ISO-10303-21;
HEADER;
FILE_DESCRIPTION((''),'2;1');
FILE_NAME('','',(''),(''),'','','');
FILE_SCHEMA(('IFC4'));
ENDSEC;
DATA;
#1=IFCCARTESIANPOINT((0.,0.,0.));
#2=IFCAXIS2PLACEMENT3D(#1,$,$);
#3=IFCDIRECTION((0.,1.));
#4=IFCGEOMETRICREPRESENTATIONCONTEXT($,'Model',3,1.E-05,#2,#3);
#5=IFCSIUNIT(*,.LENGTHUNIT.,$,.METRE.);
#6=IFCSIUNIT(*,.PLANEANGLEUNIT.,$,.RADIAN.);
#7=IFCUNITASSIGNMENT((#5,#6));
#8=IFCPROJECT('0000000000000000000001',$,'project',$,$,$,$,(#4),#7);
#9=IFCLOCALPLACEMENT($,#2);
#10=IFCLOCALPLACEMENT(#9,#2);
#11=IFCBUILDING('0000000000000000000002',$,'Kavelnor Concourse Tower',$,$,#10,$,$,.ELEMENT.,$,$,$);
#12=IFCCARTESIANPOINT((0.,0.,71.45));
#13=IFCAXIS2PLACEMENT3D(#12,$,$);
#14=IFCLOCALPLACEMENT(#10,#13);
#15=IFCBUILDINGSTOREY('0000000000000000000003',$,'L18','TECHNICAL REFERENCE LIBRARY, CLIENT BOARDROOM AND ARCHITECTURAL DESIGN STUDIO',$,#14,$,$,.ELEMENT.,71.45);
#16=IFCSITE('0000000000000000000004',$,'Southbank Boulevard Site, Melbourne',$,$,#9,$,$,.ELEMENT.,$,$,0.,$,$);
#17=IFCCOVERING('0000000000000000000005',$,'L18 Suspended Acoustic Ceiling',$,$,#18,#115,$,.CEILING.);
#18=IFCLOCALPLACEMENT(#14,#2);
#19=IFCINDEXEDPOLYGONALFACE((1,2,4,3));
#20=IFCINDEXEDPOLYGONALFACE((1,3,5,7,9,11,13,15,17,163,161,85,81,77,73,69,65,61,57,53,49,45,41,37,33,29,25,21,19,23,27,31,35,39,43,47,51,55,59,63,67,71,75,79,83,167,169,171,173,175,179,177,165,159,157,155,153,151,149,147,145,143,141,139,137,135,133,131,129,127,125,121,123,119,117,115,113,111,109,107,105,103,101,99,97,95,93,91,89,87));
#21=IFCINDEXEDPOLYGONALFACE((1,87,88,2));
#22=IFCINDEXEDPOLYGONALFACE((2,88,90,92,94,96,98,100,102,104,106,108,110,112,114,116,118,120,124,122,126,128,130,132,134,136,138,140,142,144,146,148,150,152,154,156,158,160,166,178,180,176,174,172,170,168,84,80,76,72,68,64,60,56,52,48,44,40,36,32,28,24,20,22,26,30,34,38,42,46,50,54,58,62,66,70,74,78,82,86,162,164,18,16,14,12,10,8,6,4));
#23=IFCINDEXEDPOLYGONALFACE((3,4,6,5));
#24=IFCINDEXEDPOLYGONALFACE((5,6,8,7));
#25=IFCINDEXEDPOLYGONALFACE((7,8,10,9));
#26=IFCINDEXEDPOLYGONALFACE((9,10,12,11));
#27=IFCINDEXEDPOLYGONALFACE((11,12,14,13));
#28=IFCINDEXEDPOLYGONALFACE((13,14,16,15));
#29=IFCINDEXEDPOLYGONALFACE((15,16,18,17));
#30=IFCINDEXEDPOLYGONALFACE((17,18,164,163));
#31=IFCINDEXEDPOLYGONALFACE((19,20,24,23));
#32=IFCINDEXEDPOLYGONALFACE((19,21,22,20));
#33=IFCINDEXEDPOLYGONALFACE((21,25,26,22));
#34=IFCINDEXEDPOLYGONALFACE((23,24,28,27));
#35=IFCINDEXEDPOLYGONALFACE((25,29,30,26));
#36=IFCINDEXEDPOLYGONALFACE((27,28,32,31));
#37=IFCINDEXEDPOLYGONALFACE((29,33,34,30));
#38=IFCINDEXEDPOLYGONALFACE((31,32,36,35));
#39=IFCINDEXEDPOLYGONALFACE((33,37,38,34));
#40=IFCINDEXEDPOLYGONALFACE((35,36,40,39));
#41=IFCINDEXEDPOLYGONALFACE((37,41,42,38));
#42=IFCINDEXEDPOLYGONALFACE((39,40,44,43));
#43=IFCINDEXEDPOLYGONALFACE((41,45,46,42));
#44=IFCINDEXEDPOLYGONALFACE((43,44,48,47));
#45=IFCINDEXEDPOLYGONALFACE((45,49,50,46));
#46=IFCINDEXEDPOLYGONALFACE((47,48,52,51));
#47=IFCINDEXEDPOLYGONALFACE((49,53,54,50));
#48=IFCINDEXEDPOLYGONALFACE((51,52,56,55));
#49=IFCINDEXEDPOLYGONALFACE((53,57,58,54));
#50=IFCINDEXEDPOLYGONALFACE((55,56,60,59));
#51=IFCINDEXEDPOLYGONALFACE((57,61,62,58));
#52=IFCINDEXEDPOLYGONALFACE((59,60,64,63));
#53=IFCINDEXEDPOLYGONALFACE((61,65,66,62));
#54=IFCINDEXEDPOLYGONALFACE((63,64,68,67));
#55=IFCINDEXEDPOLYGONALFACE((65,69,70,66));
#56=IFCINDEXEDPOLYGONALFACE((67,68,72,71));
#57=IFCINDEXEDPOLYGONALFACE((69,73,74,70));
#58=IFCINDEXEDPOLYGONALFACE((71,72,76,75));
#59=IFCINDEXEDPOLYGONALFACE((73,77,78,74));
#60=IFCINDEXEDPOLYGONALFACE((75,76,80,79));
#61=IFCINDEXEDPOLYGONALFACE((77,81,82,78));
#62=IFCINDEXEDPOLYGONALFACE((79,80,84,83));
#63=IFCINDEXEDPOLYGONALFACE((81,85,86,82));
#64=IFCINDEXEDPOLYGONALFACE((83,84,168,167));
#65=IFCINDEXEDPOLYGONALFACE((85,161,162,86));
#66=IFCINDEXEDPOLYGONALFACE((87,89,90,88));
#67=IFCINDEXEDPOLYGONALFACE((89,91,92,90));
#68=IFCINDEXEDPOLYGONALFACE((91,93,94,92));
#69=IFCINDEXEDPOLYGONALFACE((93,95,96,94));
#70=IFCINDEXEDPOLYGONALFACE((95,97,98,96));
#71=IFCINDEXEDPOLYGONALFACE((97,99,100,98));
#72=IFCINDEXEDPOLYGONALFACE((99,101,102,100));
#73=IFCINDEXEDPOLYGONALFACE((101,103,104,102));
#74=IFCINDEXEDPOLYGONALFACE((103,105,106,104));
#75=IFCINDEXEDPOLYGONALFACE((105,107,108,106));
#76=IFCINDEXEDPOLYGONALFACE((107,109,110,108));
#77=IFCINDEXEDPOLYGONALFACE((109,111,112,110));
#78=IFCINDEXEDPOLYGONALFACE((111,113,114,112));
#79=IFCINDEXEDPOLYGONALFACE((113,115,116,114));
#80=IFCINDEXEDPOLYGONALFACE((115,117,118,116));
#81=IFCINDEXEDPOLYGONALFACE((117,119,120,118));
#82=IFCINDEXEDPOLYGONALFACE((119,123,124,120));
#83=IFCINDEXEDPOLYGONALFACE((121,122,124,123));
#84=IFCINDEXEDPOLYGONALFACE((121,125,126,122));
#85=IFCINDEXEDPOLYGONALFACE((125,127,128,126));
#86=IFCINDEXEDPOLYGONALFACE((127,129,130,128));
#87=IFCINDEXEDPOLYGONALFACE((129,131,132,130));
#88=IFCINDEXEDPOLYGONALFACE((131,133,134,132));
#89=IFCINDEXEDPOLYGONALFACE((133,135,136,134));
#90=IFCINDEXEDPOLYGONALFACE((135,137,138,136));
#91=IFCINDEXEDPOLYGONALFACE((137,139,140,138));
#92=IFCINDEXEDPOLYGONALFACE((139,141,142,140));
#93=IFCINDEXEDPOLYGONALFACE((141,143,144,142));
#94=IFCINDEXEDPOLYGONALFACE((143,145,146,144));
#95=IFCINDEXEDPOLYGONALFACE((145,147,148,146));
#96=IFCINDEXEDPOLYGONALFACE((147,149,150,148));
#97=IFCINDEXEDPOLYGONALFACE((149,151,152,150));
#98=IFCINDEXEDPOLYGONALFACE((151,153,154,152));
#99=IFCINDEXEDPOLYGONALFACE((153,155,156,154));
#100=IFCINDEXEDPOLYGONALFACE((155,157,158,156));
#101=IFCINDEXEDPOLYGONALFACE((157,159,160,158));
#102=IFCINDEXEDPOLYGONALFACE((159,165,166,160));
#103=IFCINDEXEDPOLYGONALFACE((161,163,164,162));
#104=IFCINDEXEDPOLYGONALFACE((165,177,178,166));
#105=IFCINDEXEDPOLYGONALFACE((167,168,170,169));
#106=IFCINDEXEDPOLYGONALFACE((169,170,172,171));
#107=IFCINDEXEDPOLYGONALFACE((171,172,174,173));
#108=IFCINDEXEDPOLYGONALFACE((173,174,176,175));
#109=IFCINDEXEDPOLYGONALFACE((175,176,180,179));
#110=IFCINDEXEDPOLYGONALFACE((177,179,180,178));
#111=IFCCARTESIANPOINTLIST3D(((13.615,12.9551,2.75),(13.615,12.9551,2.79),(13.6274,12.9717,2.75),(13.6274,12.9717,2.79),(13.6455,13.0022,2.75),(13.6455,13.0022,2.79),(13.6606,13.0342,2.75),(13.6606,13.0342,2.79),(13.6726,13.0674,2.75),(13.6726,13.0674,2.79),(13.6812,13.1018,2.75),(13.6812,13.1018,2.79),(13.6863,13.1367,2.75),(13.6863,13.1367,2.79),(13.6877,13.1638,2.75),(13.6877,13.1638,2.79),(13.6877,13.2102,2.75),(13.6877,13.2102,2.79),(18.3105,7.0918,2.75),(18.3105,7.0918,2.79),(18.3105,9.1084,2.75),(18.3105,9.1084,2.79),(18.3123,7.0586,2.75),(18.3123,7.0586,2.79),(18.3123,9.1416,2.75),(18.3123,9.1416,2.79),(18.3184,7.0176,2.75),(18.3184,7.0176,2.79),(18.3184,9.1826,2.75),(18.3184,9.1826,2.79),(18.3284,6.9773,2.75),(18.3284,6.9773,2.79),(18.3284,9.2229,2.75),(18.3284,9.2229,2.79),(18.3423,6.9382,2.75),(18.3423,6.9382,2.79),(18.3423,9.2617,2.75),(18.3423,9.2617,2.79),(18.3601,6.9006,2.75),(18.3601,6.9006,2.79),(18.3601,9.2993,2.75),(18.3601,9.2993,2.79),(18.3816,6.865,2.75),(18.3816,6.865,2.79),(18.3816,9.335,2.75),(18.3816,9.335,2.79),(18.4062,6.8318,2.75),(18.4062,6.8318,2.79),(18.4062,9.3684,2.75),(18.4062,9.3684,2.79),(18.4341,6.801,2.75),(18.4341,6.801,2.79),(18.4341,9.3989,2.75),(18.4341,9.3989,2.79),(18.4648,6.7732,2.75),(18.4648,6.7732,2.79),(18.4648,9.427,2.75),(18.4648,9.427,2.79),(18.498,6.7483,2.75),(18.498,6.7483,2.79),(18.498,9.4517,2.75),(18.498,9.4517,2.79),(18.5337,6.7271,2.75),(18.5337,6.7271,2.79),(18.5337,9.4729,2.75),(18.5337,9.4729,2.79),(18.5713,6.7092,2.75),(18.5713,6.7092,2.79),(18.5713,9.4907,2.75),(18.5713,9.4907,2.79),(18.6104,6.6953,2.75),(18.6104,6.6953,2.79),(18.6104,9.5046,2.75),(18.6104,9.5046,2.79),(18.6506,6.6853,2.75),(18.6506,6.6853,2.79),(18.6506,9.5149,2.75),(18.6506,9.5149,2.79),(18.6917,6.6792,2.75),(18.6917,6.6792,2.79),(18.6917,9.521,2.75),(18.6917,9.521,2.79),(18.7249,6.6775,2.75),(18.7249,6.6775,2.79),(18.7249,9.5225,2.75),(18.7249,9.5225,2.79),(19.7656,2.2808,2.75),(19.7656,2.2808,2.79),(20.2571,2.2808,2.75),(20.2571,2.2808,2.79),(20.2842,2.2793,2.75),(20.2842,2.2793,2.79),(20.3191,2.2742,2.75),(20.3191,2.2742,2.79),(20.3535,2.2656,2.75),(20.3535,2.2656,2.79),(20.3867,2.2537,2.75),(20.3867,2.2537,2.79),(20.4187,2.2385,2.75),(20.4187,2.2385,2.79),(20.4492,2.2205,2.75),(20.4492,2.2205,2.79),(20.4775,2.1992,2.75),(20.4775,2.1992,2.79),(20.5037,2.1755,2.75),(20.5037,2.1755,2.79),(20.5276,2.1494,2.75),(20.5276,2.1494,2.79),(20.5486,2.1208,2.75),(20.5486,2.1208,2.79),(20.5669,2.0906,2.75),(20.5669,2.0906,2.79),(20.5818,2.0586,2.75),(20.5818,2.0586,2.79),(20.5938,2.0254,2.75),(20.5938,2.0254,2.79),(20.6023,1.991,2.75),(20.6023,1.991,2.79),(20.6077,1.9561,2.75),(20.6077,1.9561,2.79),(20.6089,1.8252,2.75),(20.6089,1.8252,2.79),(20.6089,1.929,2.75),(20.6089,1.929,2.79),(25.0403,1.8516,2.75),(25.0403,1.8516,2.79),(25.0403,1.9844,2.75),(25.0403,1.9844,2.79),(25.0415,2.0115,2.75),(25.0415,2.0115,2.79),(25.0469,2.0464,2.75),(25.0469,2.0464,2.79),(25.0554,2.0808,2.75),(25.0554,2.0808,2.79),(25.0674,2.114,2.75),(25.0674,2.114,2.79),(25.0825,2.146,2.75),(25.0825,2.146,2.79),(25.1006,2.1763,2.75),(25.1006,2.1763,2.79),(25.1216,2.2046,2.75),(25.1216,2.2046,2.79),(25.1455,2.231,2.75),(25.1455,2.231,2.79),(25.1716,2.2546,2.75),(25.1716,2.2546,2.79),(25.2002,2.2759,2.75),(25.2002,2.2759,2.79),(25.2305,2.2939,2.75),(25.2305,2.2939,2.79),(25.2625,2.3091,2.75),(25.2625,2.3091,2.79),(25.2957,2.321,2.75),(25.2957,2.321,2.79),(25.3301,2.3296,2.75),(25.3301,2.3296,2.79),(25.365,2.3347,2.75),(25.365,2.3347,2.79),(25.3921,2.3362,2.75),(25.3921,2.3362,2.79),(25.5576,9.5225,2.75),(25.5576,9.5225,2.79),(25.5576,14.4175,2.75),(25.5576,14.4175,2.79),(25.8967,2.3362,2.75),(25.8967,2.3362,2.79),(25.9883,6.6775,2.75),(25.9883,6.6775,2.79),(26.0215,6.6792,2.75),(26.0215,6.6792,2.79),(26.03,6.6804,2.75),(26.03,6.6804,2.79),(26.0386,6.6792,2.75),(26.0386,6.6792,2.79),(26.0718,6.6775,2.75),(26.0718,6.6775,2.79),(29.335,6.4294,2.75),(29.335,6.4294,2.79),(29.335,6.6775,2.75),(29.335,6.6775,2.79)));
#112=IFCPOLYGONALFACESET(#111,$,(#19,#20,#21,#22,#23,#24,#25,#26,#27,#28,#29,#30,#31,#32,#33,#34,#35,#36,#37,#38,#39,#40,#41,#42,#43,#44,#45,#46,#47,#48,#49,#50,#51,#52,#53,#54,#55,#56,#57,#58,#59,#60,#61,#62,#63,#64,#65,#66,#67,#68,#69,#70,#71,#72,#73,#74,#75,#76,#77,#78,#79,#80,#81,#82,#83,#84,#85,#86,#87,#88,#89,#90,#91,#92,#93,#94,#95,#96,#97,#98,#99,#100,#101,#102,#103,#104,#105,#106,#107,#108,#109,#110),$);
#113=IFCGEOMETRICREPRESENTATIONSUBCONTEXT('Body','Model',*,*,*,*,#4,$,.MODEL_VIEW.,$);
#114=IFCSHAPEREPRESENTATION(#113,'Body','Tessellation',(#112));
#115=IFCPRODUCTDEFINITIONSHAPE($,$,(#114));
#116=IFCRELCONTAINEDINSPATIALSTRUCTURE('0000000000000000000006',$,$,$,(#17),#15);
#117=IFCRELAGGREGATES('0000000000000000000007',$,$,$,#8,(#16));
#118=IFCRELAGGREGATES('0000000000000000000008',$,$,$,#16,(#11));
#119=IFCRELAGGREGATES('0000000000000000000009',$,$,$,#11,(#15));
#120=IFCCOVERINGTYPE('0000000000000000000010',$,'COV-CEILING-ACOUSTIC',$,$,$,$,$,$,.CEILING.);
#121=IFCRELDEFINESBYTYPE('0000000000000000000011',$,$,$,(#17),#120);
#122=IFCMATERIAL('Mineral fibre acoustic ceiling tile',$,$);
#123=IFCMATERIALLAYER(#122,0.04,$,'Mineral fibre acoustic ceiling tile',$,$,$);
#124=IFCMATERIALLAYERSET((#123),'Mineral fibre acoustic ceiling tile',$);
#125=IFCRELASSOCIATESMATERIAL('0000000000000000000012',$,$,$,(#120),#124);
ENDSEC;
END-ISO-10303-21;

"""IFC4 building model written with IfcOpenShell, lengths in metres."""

from ifc_helpers import new_model, si_unit, direction, frame, origin, place, context, subcontext, project, spatial, polyline, outline, extrude, material, layer, layer_set, type_object, element, save


model = new_model("IFC4")

# Units and contexts
model_context = context("Model", 3, precision=1e-05, world=origin(), true_north=direction((0.0, 1.0)))
body_context = subcontext(model_context, "Body", "Model", "MODEL_VIEW")
ifc_project = project(units=[si_unit("LENGTHUNIT", "METRE"), si_unit("PLANEANGLEUNIT", "RADIAN")], contexts=[model_context])

# Site, building, storey
site_placement = place(None, origin())
site = spatial("IfcSite", under=ifc_project, at=site_placement, Name="Southbank Boulevard Site, Melbourne", CompositionType="ELEMENT", RefElevation=0.0)
building_placement = place(site_placement, origin())
building = spatial("IfcBuilding", under=site, at=building_placement, Name="Kavelnor Concourse Tower", CompositionType="ELEMENT")
storey_placement = place(building_placement, frame((0.0, 0.0, 71.45)))
storey = spatial("IfcBuildingStorey", under=building, at=storey_placement, Name="L18", Description="TECHNICAL REFERENCE LIBRARY, CLIENT BOARDROOM AND ARCHITECTURAL DESIGN STUDIO", CompositionType="ELEMENT", Elevation=71.45)

# Covering
ifc_material_1 = material(Name="Mineral fibre acoustic ceiling tile")
ifc_layer_1 = layer(ifc_material_1, 0.04, Name="Mineral fibre acoustic ceiling tile")
ifc_layer_set_1 = layer_set([ifc_layer_1], Name="Mineral fibre acoustic ceiling tile")
covering_type_1 = type_object("IfcCoveringType", Name="COV-CEILING-ACOUSTIC", PredefinedType="CEILING", material=ifc_layer_set_1)
covering_1_placement = place(storey_placement, frame((0.0, 0.0, 2.75)))
element("IfcCovering", 1, at=covering_1_placement, inside=storey, type_object=covering_type_1, Name="L18 Suspended Acoustic Ceiling", PredefinedType="CEILING", context=body_context, shape_type="SweptSolid", body=[
    extrude(outline(polyline([(13.6274, 12.9717), (13.6455, 13.0022), (13.6606, 13.0342), (13.6726, 13.0674), (13.6812, 13.1018), (13.6863, 13.1367), (13.6877, 13.1638), (13.6877, 13.2102), (25.5576, 14.4175), (25.5576, 9.5225), (18.7249, 9.5225), (18.6917, 9.521), (18.6506, 9.5149), (18.6104, 9.5046), (18.5713, 9.4907), (18.5337, 9.4729), (18.498, 9.4517), (18.4648, 9.427), (18.4341, 9.3989), (18.4062, 9.3684), (18.3816, 9.335), (18.3601, 9.2993), (18.3423, 9.2617), (18.3284, 9.2229), (18.3184, 9.1826), (18.3123, 9.1416), (18.3105, 9.1084), (18.3105, 7.0918), (18.3123, 7.0586), (18.3184, 7.0176), (18.3284, 6.9773), (18.3423, 6.9382), (18.3601, 6.9006), (18.3816, 6.865), (18.4062, 6.8318), (18.4341, 6.801), (18.4648, 6.7732), (18.498, 6.7483), (18.5337, 6.7271), (18.5713, 6.7092), (18.6104, 6.6953), (18.6506, 6.6853), (18.6917, 6.6792), (18.7249, 6.6775), (25.9883, 6.6775), (26.0215, 6.6792), (26.03, 6.6804), (26.0386, 6.6792), (26.0718, 6.6775), (29.335, 6.6775), (29.335, 6.4294), (25.8967, 2.3362), (25.3921, 2.3362), (25.365, 2.3347), (25.3301, 2.3296), (25.2957, 2.321), (25.2625, 2.3091), (25.2305, 2.2939), (25.2002, 2.2759), (25.1716, 2.2546), (25.1455, 2.231), (25.1216, 2.2046), (25.1006, 2.1763), (25.0825, 2.146), (25.0674, 2.114), (25.0554, 2.0808), (25.0469, 2.0464), (25.0415, 2.0115), (25.0403, 1.9844), (25.0403, 1.8516), (20.6089, 1.8252), (20.6089, 1.929), (20.6077, 1.9561), (20.6023, 1.991), (20.5938, 2.0254), (20.5818, 2.0586), (20.5669, 2.0906), (20.5486, 2.1208), (20.5276, 2.1494), (20.5037, 2.1755), (20.4775, 2.1992), (20.4492, 2.2205), (20.4187, 2.2385), (20.3867, 2.2537), (20.3535, 2.2656), (20.3191, 2.2742), (20.2842, 2.2793), (20.2571, 2.2808), (19.7656, 2.2808), (13.615, 12.9551), (13.6274, 12.9717)])), origin(), (0.0, 0.0, 1.0), 0.04),
])

save(model, "model.ifc")
